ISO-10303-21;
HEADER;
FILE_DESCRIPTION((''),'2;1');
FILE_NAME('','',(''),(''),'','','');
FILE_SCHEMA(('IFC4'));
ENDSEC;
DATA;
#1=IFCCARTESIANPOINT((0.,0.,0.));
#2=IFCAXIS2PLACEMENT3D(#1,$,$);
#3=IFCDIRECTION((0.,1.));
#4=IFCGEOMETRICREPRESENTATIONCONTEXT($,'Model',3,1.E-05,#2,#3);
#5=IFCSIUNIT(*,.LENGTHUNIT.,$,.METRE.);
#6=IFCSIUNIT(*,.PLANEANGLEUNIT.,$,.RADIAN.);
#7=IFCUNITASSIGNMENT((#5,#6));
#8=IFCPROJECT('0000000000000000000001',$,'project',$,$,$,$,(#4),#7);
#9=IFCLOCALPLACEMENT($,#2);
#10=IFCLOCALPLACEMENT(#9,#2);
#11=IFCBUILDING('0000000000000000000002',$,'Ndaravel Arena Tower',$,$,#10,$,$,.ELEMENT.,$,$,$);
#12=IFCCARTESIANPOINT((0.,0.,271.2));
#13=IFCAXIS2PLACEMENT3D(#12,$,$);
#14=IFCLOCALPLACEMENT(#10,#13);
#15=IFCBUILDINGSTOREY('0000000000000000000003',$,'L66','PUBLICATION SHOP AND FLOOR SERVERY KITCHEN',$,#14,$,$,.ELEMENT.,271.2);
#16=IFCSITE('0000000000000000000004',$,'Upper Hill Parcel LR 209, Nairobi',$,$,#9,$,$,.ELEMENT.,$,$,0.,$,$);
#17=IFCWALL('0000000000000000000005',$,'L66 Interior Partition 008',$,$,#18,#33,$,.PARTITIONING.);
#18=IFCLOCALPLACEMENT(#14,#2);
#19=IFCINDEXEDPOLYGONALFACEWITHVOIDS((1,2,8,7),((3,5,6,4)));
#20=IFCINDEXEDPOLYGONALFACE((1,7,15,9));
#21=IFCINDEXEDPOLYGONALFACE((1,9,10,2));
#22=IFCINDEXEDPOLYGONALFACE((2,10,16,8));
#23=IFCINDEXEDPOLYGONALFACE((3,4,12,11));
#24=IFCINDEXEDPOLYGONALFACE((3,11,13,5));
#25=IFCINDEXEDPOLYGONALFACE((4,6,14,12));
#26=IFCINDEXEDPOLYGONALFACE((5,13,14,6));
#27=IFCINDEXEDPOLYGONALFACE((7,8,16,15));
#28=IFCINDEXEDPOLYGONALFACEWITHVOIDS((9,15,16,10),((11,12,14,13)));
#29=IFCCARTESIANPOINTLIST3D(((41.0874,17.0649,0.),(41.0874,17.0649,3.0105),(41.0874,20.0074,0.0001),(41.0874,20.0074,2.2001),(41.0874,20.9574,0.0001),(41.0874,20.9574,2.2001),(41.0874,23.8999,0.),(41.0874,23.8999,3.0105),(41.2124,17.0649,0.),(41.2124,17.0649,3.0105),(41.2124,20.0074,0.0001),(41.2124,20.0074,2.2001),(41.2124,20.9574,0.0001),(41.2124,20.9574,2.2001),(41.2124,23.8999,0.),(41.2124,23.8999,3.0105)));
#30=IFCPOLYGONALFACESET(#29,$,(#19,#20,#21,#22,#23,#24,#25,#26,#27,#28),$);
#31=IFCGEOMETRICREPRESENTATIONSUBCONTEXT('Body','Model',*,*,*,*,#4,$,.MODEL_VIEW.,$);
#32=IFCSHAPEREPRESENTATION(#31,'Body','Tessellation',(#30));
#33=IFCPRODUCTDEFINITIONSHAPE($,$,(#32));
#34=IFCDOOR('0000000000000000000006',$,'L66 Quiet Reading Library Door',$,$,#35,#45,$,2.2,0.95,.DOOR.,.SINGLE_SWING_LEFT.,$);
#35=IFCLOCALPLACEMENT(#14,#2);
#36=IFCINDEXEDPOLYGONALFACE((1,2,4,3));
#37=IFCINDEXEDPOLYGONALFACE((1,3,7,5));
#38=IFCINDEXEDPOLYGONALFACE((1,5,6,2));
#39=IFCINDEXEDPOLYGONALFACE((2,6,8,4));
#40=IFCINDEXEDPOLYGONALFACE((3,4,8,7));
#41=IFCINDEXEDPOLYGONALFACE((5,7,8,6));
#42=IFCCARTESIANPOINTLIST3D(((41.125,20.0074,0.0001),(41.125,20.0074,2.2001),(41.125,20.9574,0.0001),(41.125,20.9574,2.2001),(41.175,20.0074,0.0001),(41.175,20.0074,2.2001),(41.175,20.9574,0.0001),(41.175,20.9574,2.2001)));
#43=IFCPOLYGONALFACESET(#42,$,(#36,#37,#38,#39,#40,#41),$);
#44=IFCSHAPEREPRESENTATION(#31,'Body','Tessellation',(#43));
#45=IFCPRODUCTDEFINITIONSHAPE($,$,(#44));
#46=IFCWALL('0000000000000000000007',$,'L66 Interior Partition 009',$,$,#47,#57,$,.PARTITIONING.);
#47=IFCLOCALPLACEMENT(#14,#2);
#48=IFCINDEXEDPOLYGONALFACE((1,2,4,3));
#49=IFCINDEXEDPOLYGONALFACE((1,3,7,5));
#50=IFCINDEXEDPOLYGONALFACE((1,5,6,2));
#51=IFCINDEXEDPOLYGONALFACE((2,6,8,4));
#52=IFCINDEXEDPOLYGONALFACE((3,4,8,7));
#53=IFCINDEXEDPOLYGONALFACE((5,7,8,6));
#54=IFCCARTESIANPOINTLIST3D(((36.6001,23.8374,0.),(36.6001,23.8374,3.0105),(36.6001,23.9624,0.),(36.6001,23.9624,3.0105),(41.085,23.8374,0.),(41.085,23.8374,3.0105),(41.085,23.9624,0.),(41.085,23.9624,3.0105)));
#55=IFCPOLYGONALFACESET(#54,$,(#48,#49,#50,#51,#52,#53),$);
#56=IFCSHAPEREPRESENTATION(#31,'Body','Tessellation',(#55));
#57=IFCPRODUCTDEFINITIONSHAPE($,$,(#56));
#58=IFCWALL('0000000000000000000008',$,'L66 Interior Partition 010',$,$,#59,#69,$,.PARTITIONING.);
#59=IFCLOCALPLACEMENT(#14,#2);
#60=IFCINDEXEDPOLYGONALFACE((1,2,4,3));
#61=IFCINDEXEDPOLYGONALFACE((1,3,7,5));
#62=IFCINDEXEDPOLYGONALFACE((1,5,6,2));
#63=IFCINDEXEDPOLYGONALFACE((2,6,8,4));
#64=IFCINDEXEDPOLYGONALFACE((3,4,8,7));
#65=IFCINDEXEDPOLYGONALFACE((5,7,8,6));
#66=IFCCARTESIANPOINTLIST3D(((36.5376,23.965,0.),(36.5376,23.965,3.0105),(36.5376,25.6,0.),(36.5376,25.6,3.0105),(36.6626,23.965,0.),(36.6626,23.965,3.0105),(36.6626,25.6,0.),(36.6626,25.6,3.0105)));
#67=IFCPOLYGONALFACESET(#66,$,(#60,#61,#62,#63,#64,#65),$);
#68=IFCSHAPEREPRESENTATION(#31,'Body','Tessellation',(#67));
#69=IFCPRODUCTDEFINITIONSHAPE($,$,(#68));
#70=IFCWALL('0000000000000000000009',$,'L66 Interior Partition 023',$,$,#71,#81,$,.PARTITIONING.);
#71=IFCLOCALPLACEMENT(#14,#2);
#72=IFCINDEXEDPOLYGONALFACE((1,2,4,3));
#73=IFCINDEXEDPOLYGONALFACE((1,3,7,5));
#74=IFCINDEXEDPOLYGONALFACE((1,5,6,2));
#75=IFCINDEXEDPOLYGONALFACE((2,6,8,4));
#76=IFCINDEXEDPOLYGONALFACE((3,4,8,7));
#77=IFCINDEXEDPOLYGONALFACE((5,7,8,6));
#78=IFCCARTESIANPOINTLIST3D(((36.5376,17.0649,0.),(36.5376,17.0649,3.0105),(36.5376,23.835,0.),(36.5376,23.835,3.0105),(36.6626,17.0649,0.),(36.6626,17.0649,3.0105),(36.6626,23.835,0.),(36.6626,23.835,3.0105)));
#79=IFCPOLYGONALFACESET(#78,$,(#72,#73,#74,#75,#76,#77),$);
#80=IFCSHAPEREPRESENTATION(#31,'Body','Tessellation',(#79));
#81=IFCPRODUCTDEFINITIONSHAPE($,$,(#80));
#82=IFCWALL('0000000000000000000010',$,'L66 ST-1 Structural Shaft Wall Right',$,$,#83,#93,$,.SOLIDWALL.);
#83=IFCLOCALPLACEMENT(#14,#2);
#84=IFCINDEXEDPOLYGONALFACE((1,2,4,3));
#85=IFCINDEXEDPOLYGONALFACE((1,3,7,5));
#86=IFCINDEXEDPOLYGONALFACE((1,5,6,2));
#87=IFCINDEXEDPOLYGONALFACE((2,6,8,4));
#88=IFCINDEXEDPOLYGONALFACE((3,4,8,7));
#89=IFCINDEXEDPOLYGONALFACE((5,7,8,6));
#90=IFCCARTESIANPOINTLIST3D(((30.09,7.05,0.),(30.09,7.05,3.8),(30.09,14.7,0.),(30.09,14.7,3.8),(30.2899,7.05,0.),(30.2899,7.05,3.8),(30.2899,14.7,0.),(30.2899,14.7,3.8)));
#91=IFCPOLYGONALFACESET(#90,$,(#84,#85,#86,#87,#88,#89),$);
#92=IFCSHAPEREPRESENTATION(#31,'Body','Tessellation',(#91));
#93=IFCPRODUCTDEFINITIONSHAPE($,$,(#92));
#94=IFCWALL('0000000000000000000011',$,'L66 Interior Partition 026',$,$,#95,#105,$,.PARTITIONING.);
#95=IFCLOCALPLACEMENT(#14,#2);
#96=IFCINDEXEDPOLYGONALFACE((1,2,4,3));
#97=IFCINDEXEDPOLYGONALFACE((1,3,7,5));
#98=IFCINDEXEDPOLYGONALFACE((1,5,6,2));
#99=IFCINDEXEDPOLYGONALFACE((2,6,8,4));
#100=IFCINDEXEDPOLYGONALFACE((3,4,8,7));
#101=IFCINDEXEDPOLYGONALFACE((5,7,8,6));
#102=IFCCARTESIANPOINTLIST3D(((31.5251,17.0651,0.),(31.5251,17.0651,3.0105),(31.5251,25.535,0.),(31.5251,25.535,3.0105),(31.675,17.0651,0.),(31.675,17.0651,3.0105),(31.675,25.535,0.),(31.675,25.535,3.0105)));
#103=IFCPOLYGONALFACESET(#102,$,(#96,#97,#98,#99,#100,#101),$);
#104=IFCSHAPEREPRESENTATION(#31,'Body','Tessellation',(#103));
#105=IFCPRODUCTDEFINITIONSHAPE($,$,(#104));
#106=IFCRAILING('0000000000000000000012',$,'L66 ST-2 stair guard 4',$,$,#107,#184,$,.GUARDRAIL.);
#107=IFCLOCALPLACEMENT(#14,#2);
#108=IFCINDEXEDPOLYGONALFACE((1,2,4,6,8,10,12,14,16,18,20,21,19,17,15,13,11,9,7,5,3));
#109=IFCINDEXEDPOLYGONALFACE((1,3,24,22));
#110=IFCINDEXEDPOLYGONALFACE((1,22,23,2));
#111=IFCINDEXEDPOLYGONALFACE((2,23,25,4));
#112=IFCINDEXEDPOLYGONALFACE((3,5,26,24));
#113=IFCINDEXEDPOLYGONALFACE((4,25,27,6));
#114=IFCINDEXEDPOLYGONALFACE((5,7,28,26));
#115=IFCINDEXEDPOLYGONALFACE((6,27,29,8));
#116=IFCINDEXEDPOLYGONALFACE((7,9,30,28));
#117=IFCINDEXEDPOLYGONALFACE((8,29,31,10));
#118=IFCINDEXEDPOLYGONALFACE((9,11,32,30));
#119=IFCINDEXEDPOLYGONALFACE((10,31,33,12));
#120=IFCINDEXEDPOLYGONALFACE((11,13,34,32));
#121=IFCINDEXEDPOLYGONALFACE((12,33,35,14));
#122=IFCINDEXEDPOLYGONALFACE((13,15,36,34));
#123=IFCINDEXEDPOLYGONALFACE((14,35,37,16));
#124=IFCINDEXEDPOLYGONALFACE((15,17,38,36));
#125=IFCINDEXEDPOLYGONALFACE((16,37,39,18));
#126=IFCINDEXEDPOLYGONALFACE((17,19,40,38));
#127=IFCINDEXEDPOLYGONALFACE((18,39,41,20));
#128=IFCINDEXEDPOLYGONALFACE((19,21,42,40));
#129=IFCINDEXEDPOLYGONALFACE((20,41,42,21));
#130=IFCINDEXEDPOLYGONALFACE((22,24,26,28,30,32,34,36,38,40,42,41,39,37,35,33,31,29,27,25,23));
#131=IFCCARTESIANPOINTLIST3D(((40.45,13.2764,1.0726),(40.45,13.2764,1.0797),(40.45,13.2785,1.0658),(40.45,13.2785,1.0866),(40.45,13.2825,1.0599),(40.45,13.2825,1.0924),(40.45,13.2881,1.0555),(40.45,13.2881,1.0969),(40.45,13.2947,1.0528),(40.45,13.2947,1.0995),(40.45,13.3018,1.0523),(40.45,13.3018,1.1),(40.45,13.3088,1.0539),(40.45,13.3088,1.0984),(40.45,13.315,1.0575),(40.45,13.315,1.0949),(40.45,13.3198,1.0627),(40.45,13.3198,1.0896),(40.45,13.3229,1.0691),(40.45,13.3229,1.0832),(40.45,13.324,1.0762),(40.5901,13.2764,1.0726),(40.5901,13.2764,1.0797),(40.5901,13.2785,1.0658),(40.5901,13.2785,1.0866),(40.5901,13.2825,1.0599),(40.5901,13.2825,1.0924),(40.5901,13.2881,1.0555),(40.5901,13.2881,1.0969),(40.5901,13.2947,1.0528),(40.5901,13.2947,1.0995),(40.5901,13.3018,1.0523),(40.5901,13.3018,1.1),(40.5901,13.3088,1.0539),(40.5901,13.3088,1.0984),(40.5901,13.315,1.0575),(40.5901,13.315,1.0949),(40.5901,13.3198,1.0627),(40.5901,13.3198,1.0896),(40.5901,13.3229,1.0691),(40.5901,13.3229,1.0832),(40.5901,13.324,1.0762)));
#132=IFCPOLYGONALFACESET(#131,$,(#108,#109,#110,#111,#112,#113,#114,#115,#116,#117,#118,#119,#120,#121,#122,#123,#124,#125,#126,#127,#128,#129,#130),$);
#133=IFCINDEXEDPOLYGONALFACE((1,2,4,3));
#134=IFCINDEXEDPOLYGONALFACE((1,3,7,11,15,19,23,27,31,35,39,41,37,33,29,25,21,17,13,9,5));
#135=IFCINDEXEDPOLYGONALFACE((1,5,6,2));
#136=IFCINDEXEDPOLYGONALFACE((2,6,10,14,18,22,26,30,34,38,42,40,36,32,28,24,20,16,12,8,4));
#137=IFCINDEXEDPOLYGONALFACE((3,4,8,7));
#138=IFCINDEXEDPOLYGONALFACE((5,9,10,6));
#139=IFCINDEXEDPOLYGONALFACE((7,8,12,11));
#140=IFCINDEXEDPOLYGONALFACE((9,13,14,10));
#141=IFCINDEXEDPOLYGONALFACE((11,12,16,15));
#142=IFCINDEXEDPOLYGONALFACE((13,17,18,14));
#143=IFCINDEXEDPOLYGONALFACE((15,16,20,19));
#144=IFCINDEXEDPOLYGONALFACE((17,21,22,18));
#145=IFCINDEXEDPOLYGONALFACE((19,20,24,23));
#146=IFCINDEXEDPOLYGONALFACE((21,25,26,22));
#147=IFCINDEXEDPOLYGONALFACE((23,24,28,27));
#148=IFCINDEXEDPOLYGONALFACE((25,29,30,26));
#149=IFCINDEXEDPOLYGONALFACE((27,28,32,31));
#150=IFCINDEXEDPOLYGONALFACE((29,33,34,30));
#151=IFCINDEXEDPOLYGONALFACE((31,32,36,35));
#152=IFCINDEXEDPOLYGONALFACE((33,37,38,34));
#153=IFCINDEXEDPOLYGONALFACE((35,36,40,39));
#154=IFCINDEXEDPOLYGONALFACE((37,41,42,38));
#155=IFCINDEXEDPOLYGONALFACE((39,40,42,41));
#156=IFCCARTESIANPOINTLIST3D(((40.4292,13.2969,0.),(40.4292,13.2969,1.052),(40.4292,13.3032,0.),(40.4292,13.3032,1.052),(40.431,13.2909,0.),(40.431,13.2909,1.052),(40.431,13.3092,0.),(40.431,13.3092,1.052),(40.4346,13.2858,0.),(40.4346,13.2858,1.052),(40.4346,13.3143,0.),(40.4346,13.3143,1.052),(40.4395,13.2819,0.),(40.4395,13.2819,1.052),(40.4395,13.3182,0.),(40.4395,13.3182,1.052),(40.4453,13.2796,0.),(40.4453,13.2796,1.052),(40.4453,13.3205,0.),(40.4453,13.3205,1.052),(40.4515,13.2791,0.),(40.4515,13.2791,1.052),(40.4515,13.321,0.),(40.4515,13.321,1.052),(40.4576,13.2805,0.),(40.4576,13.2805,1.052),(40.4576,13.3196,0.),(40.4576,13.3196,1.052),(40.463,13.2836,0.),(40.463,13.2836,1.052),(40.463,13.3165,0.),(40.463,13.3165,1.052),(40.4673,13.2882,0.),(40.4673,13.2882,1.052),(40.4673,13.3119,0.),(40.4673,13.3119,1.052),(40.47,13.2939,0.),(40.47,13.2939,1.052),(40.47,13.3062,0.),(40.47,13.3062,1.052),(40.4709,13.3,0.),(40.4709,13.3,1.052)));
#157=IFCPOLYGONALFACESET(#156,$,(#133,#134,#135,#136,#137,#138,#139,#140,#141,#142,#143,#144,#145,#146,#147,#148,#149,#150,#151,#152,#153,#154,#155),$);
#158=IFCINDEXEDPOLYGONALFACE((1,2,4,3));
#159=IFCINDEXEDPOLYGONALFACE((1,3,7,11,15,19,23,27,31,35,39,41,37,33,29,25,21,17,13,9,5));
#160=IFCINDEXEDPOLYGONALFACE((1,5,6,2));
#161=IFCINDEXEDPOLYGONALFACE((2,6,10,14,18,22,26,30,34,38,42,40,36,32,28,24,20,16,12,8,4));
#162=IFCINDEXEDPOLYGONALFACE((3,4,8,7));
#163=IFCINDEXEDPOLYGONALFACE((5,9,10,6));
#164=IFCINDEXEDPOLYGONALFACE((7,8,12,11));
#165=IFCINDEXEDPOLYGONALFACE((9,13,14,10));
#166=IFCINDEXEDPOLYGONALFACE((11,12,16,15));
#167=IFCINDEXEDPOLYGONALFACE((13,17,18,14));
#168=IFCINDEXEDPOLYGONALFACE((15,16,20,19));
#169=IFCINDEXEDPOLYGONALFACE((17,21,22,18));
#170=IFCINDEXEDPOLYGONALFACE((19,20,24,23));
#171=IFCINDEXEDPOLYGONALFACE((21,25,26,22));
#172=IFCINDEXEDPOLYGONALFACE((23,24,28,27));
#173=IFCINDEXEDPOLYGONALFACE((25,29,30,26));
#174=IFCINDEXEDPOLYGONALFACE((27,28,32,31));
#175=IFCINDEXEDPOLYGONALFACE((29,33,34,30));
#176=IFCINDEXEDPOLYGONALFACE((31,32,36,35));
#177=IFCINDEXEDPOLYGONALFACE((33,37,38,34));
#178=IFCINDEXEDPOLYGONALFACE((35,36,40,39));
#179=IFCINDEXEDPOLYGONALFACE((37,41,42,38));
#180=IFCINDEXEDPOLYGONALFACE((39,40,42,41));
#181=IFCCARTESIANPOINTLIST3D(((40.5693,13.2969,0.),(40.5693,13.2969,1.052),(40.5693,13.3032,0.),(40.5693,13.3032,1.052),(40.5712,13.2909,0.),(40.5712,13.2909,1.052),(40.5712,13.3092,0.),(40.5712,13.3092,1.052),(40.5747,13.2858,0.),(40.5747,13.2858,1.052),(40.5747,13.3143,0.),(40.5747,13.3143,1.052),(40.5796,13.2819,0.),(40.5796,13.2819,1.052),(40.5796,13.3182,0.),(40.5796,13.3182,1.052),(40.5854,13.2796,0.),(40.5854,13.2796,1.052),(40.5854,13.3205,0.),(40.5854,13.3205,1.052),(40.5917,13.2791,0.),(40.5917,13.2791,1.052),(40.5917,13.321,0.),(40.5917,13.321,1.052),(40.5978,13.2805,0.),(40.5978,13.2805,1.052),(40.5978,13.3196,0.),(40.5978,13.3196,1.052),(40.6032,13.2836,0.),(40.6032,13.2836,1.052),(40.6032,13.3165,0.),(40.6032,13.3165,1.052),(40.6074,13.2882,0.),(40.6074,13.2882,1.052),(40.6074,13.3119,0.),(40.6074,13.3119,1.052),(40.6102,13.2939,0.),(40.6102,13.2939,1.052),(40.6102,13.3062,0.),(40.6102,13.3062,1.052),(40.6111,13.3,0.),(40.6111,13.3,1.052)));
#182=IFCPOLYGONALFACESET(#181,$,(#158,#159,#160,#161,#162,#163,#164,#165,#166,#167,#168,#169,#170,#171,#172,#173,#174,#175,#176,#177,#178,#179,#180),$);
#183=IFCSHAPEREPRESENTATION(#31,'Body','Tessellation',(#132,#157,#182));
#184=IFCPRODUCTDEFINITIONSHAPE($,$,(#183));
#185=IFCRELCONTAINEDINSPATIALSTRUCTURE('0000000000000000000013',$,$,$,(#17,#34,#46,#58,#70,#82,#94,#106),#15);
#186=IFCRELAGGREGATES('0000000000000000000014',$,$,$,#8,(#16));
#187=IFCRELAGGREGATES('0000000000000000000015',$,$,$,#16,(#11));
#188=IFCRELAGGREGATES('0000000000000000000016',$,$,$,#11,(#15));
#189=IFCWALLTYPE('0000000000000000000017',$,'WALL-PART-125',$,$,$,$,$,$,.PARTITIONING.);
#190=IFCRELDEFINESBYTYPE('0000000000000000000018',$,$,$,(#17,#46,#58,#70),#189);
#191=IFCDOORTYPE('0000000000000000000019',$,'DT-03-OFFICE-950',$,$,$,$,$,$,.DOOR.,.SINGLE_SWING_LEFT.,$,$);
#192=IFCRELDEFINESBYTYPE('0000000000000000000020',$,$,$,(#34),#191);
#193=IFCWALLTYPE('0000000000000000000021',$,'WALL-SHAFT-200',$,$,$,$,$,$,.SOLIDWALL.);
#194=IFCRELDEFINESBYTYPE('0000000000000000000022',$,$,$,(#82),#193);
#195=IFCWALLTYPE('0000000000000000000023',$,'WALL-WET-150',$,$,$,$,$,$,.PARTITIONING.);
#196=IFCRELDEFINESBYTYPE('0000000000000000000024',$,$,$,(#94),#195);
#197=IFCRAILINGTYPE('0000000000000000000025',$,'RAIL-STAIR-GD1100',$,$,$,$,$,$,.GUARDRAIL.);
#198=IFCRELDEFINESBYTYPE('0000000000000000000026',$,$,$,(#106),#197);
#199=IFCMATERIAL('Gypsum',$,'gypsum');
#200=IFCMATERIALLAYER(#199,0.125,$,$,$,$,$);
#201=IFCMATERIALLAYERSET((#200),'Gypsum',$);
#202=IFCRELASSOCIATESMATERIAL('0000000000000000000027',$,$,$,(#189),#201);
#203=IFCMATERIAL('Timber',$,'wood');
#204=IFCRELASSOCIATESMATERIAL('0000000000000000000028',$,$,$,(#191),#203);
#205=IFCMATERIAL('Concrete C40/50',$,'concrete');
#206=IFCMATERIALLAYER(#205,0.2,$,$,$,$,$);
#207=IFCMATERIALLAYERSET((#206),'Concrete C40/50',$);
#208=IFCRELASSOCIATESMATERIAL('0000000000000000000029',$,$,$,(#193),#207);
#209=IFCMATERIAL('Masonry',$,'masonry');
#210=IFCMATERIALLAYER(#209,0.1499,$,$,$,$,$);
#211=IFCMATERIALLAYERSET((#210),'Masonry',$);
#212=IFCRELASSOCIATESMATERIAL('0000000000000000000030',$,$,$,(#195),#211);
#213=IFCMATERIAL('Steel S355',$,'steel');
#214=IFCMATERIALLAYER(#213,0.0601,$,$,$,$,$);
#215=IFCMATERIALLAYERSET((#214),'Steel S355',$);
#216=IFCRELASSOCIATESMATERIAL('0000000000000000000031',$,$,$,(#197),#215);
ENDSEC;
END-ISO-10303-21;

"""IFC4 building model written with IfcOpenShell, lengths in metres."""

from ifc_helpers import new_model, si_unit, direction, frame, frame_2d, origin, origin_2d, place, context, subcontext, project, spatial, rectangle, circle, extrude, material, layer, layer_set, type_object, element, fill, save


model = new_model("IFC4")

# Units and contexts
model_context = context("Model", 3, precision=1e-05, world=origin(), true_north=direction((0.0, 1.0)))
body_context = subcontext(model_context, "Body", "Model", "MODEL_VIEW")
ifc_project = project(units=[si_unit("LENGTHUNIT", "METRE"), si_unit("PLANEANGLEUNIT", "RADIAN")], contexts=[model_context])

# Site, building, storey
site_placement = place(None, origin())
site = spatial("IfcSite", under=ifc_project, at=site_placement, Name="Upper Hill Parcel LR 209, Nairobi", CompositionType="ELEMENT", RefElevation=0.0)
building_placement = place(site_placement, origin())
building = spatial("IfcBuilding", under=site, at=building_placement, Name="Ndaravel Arena Tower", CompositionType="ELEMENT")
storey_placement = place(building_placement, frame((0.0, 0.0, 271.2)))
storey = spatial("IfcBuildingStorey", under=building, at=storey_placement, Name="L66", Description="PUBLICATION SHOP AND FLOOR SERVERY KITCHEN", CompositionType="ELEMENT", Elevation=271.2)

# Shared definitions
ifc_material_1 = material(Name="Gypsum", Category="gypsum")
ifc_layer_1 = layer(ifc_material_1, 0.125)
ifc_layer_set_1 = layer_set([ifc_layer_1], Name="Gypsum")
wall_type_1 = type_object("IfcWallType", Name="WALL-PART-125", PredefinedType="PARTITIONING", material=ifc_layer_set_1)
ifc_material_2 = material(Name="Timber", Category="wood")
door_type = type_object("IfcDoorType", Name="DT-03-OFFICE-950", OperationType="SINGLE_SWING_LEFT", PredefinedType="DOOR", material=ifc_material_2)

# Wall, opening, door
wall_1_placement = place(storey_placement, frame((41.1499, 17.0649, 0.0), z_axis=(0.0, 0.0, 1.0), x_axis=(0.0, 1.0, 0.0)))
wall_1 = element("IfcWall", 1, at=wall_1_placement, inside=storey, type_object=wall_type_1, Name="L66 Interior Partition 008", PredefinedType="PARTITIONING", context=body_context, shape_type="SweptSolid", body=[
    extrude(rectangle(XDim=6.835, YDim=0.125, at=frame_2d((3.4175, 0.0))), origin(), (0.0, 0.0, 1.0), 3.0105),
])
opening_1_placement = place(wall_1_placement, frame((2.9424, 0.0, 0.0)))
opening_1 = element("IfcOpeningElement", 2, at=opening_1_placement, cuts=wall_1, PredefinedType="OPENING", context=body_context, shape_type="SweptSolid", body=[
    extrude(rectangle(XDim=0.95, YDim=2.2, at=frame_2d((0.4751, 1.1001))), frame((0.0, 0.0625, 0.0), z_axis=(0.0, -1.0, 0.0), x_axis=(1.0, 0.0, 0.0)), (0.0, 0.0, 1.0), 0.125),
])
door_1_placement = place(opening_1_placement, origin())
door_1 = element("IfcDoor", 3, at=door_1_placement, inside=storey, type_object=door_type, Name="L66 Quiet Reading Library Door", OperationType="SINGLE_SWING_LEFT", OverallHeight=2.2, OverallWidth=0.95, PredefinedType="DOOR", context=body_context, shape_type="SweptSolid", body=[
    extrude(rectangle(XDim=0.95, YDim=2.2, at=frame_2d((0.4751, 1.1001))), frame((0.0, 0.0249, 0.0), z_axis=(0.0, -1.0, 0.0), x_axis=(1.0, 0.0, 0.0)), (0.0, 0.0, 1.0), 0.05),
])
fill(opening_1, door_1)

# Walls
wall_2_placement = place(storey_placement, frame((41.085, 23.8999, 0.0), z_axis=(0.0, 0.0, 1.0), x_axis=(-1.0, 0.0, 0.0)))
element("IfcWall", 4, at=wall_2_placement, inside=storey, type_object=wall_type_1, Name="L66 Interior Partition 009", PredefinedType="PARTITIONING", context=body_context, shape_type="SweptSolid", body=[
    extrude(rectangle(XDim=4.4849, YDim=0.125, at=frame_2d((2.2424, 0.0))), origin(), (0.0, 0.0, 1.0), 3.0105),
])
wall_3_placement = place(storey_placement, frame((36.6001, 23.9651, 0.0), z_axis=(0.0, 0.0, 1.0), x_axis=(0.0, 1.0, 0.0)))
element("IfcWall", 5, at=wall_3_placement, inside=storey, type_object=wall_type_1, Name="L66 Interior Partition 010", PredefinedType="PARTITIONING", context=body_context, shape_type="SweptSolid", body=[
    extrude(rectangle(XDim=1.635, YDim=0.125, at=frame_2d((0.8174, 0.0))), origin(), (0.0, 0.0, 1.0), 3.0105),
])
wall_4_placement = place(storey_placement, frame((36.6001, 17.0649, 0.0), z_axis=(0.0, 0.0, 1.0), x_axis=(0.0, 1.0, 0.0)))
element("IfcWall", 6, at=wall_4_placement, inside=storey, type_object=wall_type_1, Name="L66 Interior Partition 023", PredefinedType="PARTITIONING", context=body_context, shape_type="SweptSolid", body=[
    extrude(rectangle(XDim=6.77, YDim=0.125, at=frame_2d((3.385, 0.0))), origin(), (0.0, 0.0, 1.0), 3.0105),
])
ifc_material_3 = material(Name="Concrete C40/50", Category="concrete")
ifc_layer_2 = layer(ifc_material_3, 0.2)
ifc_layer_set_2 = layer_set([ifc_layer_2], Name="Concrete C40/50")
wall_type_2 = type_object("IfcWallType", Name="WALL-SHAFT-200", PredefinedType="SOLIDWALL", material=ifc_layer_set_2)
wall_5_placement = place(storey_placement, frame((30.1899, 14.7, 0.0), z_axis=(0.0, 0.0, 1.0), x_axis=(0.0, -1.0, 0.0)))
element("IfcWall", 7, at=wall_5_placement, inside=storey, type_object=wall_type_2, Name="L66 ST-1 Structural Shaft Wall Right", PredefinedType="SOLIDWALL", context=body_context, shape_type="SweptSolid", body=[
    extrude(rectangle(XDim=7.6499, YDim=0.2, at=frame_2d((3.825, 0.0))), origin(), (0.0, 0.0, 1.0), 3.8),
])
ifc_material_4 = material(Name="Masonry", Category="masonry")
ifc_layer_3 = layer(ifc_material_4, 0.1499)
ifc_layer_set_3 = layer_set([ifc_layer_3], Name="Masonry")
wall_type_3 = type_object("IfcWallType", Name="WALL-WET-150", PredefinedType="PARTITIONING", material=ifc_layer_set_3)
wall_6_placement = place(storey_placement, frame((31.6001, 25.5349, 0.0), z_axis=(0.0, 0.0, 1.0), x_axis=(0.0, -1.0, 0.0)))
element("IfcWall", 8, at=wall_6_placement, inside=storey, type_object=wall_type_3, Name="L66 Interior Partition 026", PredefinedType="PARTITIONING", context=body_context, shape_type="SweptSolid", body=[
    extrude(rectangle(XDim=8.47, YDim=0.1499, at=frame_2d((4.2349, 0.0))), origin(), (0.0, 0.0, 1.0), 3.0105),
])

# Railing
ifc_material_5 = material(Name="Steel S355", Category="steel")
ifc_layer_4 = layer(ifc_material_5, 0.0601)
ifc_layer_set_4 = layer_set([ifc_layer_4], Name="Steel S355")
railing_type = type_object("IfcRailingType", Name="RAIL-STAIR-GD1100", PredefinedType="GUARDRAIL", material=ifc_layer_set_4)
railing_1_placement = place(storey_placement, frame((40.45, 13.3, 0.0)))
element("IfcRailing", 9, at=railing_1_placement, inside=storey, type_object=railing_type, Name="L66 ST-2 stair guard 4", PredefinedType="GUARDRAIL", context=body_context, shape_type="SweptSolid", body=[
    extrude(circle(Radius=0.0239, at=origin_2d()), frame((0.0, 0.0, 1.0762), z_axis=(1.0, 0.0, 0.0), x_axis=(0.0, 1.0, 0.0)), (0.0, 0.0, 1.0), 0.1401),
    extrude(circle(Radius=0.021, at=origin_2d()), origin(), (0.0, 0.0, 1.0), 1.052),
    extrude(circle(Radius=0.021, at=origin_2d()), frame((0.1401, 0.0, 0.0)), (0.0, 0.0, 1.0), 1.052),
])

save(model, "model.ifc")
